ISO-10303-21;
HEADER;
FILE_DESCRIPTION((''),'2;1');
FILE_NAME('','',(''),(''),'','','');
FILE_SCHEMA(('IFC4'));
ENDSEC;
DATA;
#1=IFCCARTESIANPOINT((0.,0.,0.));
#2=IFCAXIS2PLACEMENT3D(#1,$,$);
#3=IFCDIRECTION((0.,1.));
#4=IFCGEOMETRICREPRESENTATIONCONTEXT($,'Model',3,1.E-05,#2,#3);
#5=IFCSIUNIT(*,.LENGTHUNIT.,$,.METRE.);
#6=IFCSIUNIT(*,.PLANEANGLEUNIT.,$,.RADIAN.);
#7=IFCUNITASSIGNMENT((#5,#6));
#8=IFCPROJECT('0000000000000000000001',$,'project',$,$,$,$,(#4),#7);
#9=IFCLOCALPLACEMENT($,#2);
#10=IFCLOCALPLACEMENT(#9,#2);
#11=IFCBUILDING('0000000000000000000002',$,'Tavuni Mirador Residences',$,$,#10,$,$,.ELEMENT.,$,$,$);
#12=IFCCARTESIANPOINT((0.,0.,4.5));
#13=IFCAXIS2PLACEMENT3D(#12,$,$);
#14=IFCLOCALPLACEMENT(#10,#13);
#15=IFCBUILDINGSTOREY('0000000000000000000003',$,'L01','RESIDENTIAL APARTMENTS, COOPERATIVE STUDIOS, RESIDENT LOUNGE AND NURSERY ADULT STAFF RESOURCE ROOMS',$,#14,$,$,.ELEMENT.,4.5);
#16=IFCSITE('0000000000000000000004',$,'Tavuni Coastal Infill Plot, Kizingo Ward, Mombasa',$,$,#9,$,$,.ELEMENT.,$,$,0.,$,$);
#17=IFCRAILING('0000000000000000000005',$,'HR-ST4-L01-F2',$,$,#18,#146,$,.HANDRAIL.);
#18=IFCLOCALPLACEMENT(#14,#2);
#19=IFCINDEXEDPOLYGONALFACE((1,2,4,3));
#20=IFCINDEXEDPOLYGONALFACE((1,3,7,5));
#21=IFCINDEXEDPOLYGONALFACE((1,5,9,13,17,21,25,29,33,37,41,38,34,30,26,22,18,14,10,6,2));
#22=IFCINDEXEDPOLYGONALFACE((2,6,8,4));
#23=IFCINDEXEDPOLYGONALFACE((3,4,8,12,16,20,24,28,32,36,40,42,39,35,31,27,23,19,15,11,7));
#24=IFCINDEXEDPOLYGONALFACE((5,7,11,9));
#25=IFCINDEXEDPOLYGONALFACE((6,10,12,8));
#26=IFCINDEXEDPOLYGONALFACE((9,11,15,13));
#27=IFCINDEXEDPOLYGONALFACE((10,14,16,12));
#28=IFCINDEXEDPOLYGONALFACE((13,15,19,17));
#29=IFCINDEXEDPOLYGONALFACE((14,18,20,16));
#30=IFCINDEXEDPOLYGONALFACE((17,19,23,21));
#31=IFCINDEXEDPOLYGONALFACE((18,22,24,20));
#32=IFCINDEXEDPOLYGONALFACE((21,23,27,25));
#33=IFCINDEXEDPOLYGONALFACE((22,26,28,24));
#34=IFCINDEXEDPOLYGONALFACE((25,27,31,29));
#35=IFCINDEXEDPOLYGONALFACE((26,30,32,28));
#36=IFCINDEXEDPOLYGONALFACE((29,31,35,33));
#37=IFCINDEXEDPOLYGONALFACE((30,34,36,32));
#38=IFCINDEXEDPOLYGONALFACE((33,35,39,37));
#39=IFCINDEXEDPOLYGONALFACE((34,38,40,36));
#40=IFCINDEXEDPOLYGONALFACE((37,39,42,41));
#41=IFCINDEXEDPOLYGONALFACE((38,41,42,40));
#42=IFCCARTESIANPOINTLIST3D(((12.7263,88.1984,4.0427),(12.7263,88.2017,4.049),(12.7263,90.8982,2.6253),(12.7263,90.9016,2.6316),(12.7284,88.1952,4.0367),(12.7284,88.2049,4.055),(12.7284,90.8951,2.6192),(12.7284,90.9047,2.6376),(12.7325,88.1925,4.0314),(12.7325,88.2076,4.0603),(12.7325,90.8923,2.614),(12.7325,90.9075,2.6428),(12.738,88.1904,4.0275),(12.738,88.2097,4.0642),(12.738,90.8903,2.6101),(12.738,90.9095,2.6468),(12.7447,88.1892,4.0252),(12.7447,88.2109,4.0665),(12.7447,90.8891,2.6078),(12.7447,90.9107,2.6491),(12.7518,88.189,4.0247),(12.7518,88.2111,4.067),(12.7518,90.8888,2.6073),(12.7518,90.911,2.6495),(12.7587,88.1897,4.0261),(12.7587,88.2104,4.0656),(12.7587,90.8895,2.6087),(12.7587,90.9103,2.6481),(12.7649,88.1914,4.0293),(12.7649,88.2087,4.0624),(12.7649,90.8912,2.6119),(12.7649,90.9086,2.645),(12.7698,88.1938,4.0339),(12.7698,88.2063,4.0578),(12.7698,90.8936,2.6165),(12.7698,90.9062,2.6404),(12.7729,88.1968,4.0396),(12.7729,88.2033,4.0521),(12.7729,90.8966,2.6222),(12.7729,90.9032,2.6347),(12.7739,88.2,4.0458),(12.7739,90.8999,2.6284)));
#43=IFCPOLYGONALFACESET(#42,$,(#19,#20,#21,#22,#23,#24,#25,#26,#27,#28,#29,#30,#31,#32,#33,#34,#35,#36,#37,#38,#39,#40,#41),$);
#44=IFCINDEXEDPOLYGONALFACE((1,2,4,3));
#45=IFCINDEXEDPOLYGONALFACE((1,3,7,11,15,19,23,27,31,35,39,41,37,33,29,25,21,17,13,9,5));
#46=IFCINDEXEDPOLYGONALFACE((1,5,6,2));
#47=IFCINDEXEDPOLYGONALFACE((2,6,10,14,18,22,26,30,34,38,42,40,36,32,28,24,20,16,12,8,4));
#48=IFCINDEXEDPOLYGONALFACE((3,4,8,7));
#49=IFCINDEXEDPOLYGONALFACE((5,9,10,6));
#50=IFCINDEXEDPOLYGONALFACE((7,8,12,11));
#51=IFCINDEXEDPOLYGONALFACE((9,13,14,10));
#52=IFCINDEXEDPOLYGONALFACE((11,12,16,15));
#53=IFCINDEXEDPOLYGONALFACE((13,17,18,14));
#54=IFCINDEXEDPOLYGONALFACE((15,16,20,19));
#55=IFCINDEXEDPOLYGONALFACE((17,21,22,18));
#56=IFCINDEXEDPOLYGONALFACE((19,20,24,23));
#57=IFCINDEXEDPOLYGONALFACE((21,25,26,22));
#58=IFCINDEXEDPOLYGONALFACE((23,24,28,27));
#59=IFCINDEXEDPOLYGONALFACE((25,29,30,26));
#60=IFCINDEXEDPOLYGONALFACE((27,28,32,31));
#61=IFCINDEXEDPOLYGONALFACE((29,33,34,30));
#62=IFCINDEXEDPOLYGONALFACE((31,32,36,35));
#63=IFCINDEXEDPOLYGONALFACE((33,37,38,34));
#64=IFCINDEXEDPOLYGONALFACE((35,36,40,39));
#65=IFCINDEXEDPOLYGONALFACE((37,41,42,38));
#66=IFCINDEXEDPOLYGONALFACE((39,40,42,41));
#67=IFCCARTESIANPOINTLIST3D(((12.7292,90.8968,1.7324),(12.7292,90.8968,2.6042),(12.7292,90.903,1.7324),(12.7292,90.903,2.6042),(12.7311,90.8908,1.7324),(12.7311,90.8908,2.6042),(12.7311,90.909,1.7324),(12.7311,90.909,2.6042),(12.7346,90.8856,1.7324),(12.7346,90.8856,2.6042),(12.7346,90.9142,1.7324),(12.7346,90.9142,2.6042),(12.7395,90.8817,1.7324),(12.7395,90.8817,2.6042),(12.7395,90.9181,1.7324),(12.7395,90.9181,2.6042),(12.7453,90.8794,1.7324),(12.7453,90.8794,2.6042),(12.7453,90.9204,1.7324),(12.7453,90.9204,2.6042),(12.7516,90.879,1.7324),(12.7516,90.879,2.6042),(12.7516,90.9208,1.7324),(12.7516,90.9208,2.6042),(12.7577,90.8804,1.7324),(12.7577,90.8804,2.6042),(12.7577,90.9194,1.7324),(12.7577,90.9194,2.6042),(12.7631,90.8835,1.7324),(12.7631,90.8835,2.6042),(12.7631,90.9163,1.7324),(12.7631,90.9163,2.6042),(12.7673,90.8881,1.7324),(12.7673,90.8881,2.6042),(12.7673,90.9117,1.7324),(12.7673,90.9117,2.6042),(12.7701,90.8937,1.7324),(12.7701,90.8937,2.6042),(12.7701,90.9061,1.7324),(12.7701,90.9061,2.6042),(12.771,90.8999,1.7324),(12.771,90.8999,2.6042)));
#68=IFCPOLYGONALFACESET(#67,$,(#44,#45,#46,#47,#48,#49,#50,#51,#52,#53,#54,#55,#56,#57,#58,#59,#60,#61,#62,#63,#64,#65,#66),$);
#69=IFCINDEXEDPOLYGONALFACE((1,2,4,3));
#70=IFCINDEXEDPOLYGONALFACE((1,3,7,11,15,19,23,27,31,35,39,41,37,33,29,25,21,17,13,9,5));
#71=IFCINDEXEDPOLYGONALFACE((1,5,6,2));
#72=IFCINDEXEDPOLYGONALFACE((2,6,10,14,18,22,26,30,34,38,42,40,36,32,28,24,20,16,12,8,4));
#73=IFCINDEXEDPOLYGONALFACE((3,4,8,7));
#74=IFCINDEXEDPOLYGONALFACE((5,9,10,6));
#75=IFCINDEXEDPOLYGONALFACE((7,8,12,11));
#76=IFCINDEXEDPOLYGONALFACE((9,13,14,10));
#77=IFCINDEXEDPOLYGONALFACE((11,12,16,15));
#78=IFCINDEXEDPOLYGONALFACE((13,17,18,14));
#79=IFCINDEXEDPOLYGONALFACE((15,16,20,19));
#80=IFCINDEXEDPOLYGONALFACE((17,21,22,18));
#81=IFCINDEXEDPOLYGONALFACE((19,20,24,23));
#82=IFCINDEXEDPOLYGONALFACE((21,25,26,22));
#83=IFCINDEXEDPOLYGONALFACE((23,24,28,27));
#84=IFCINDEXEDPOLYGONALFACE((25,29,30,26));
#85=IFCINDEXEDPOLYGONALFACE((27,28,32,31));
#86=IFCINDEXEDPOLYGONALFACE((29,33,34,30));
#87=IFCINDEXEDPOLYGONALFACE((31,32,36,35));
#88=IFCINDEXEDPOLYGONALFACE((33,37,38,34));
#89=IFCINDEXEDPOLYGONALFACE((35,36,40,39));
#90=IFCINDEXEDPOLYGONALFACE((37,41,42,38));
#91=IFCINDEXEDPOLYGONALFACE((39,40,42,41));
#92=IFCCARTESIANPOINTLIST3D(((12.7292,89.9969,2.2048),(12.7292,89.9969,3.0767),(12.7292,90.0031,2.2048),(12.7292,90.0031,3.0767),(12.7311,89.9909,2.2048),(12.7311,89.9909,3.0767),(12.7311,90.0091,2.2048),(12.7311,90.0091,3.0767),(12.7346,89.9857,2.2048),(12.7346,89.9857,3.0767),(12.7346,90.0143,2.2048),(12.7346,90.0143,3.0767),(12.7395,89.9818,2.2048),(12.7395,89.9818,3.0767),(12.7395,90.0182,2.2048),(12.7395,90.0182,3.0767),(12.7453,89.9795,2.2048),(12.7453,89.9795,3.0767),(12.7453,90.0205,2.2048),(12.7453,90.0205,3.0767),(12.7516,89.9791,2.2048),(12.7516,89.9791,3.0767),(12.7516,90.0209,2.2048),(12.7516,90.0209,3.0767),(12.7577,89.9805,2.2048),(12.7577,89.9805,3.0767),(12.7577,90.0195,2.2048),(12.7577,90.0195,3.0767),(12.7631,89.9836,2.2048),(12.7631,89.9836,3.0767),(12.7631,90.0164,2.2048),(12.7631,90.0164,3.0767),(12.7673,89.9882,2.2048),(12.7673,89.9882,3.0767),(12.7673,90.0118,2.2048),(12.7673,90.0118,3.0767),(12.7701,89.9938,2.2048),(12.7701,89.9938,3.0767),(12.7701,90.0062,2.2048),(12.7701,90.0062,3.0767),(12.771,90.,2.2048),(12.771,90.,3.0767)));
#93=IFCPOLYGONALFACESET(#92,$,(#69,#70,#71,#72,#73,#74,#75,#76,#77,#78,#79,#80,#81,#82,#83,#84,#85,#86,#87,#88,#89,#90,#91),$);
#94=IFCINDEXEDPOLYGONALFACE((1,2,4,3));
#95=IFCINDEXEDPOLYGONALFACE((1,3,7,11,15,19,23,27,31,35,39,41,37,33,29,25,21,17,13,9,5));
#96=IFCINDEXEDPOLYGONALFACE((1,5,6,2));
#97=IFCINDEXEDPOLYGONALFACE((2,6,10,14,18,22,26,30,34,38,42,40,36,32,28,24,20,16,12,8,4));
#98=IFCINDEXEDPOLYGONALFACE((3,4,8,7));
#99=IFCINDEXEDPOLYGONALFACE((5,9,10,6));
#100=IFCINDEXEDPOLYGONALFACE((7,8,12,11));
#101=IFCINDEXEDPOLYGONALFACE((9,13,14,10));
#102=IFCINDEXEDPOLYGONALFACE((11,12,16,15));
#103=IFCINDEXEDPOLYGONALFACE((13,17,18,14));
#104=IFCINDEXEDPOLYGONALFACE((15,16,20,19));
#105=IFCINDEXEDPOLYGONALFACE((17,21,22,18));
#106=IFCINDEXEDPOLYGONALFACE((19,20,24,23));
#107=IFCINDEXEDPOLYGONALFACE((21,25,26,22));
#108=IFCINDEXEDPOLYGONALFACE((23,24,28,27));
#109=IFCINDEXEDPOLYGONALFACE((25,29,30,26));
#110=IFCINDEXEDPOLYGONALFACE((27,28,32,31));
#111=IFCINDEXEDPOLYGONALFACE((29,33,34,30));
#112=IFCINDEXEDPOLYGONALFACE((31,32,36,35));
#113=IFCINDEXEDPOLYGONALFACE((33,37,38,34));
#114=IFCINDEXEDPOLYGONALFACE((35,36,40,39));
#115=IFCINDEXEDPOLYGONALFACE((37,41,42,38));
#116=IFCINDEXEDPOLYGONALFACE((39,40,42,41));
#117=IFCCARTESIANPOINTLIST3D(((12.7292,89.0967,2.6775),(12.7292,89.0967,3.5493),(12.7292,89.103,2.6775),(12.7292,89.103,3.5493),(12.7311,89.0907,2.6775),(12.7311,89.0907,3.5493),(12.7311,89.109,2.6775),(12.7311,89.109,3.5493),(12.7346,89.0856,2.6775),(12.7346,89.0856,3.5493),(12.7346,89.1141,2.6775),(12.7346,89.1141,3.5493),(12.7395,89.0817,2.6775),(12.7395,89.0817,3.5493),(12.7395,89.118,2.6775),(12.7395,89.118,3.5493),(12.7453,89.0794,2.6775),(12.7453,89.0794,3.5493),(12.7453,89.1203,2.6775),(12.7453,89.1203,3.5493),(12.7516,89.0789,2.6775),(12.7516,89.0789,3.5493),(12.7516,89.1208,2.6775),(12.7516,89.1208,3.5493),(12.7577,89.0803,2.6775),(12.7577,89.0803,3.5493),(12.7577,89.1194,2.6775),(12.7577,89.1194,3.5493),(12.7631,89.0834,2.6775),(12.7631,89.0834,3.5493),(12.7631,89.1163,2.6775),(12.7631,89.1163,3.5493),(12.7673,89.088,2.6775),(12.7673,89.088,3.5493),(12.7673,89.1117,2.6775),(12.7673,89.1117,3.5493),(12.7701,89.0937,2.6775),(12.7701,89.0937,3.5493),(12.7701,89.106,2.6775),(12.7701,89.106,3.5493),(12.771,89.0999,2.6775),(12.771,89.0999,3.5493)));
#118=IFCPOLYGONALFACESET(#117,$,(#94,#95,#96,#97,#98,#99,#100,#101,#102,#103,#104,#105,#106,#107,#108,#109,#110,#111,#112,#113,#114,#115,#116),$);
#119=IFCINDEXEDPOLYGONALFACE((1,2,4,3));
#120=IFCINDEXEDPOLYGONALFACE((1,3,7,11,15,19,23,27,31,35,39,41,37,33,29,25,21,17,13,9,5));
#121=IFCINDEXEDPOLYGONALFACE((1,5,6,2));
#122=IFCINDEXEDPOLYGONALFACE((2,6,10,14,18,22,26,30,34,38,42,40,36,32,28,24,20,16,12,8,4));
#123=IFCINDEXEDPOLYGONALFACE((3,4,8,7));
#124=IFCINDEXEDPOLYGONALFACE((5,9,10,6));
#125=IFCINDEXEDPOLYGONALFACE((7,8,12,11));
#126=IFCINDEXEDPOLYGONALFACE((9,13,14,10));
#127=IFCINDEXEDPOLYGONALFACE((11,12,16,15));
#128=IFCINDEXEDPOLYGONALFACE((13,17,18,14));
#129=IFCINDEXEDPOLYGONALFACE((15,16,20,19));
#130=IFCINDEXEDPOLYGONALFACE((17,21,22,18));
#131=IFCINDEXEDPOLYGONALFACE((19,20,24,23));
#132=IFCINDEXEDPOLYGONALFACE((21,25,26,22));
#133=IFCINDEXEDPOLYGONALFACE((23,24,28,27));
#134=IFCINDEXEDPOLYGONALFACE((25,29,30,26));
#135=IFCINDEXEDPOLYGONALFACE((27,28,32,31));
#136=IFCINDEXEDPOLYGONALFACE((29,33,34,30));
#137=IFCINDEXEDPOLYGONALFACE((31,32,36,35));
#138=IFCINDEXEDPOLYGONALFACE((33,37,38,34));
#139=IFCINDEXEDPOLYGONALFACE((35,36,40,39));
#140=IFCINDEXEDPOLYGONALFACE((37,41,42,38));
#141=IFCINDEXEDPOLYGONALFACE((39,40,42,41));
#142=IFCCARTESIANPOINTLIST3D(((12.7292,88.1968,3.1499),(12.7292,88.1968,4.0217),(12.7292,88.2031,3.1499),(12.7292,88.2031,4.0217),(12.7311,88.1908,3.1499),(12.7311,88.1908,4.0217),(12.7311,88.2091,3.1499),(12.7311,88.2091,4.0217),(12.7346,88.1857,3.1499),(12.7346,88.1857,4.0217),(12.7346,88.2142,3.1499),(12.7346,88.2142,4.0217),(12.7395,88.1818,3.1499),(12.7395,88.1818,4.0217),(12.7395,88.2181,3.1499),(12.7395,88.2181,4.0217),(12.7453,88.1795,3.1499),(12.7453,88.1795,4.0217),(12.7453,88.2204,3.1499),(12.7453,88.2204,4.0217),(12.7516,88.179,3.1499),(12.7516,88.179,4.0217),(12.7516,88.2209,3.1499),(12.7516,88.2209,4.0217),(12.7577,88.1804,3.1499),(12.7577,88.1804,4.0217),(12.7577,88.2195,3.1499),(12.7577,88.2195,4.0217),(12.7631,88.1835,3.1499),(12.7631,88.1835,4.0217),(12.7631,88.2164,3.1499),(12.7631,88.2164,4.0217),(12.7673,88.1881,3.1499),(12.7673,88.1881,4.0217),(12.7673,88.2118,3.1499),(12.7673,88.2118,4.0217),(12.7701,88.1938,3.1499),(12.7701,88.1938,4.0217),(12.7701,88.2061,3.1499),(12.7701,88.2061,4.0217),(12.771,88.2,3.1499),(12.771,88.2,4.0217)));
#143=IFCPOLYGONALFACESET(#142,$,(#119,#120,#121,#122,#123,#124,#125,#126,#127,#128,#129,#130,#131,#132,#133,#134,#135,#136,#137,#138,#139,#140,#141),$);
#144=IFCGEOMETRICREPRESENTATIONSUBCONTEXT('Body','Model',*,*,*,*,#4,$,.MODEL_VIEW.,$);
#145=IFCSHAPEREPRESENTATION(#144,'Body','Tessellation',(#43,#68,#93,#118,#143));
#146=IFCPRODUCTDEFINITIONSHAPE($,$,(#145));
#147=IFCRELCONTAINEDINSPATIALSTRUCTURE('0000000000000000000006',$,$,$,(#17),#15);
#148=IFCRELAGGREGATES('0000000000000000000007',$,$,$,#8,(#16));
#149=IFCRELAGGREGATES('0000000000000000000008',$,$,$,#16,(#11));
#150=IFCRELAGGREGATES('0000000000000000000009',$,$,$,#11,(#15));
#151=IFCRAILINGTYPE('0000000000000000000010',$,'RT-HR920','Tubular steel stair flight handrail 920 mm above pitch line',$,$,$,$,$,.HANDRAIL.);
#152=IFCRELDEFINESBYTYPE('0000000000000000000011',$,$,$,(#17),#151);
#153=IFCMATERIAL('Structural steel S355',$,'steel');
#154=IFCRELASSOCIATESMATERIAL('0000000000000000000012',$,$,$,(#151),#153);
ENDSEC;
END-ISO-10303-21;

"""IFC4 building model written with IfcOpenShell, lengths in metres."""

from ifc_helpers import new_model, si_unit, direction, frame, origin, origin_2d, place, context, subcontext, project, spatial, circle, extrude, material, type_object, element, save


model = new_model("IFC4")

# Units and contexts
model_context = context("Model", 3, precision=1e-05, world=origin(), true_north=direction((0.0, 1.0)))
body_context = subcontext(model_context, "Body", "Model", "MODEL_VIEW")
ifc_project = project(units=[si_unit("LENGTHUNIT", "METRE"), si_unit("PLANEANGLEUNIT", "RADIAN")], contexts=[model_context])

# Site, building, storey
site_placement = place(None, origin())
site = spatial("IfcSite", under=ifc_project, at=site_placement, Name="Tavuni Coastal Infill Plot, Kizingo Ward, Mombasa", CompositionType="ELEMENT", RefElevation=0.0)
building_placement = place(site_placement, origin())
building = spatial("IfcBuilding", under=site, at=building_placement, Name="Tavuni Mirador Residences", CompositionType="ELEMENT")
storey_placement = place(building_placement, frame((0.0, 0.0, 4.5)))
storey = spatial("IfcBuildingStorey", under=building, at=storey_placement, Name="L01", Description="RESIDENTIAL APARTMENTS, COOPERATIVE STUDIOS, RESIDENT LOUNGE AND NURSERY ADULT STAFF RESOURCE ROOMS", CompositionType="ELEMENT", Elevation=4.5)

# Shared definitions
ifc_material_1 = material(Name="Structural steel S355", Category="steel")

# Railing
railing_type_1 = type_object("IfcRailingType", Name="RT-HR920", Description="Tubular steel stair flight handrail 920 mm above pitch line", PredefinedType="HANDRAIL", material=ifc_material_1)
railing_1_placement = place(storey_placement, frame((12.75, 90.8999, 1.7324)))
element("IfcRailing", 1, at=railing_1_placement, inside=storey, type_object=railing_type_1, Name="HR-ST4-L01-F2", PredefinedType="HANDRAIL", context=body_context, shape_type="SweptSolid", body=[
    extrude(circle(Radius=0.0239, at=origin_2d()), frame((0.0, 0.0, 0.896), z_axis=(0.0, -0.885397, 0.464835), x_axis=(1.0, 0.0, 0.0)), (0.0, 0.0, 1.0), 3.0493),
    extrude(circle(Radius=0.021, at=origin_2d()), origin(), (0.0, 0.0, 1.0), 0.8718),
    extrude(circle(Radius=0.021, at=origin_2d()), frame((0.0, -0.8999, 0.4724)), (0.0, 0.0, 1.0), 0.8718),
    extrude(circle(Radius=0.021, at=origin_2d()), frame((0.0, -1.8, 0.9451)), (0.0, 0.0, 1.0), 0.8718),
    extrude(circle(Radius=0.021, at=origin_2d()), frame((0.0, -2.7, 1.4175)), (0.0, 0.0, 1.0), 0.8718),
])

save(model, "model.ifc")
